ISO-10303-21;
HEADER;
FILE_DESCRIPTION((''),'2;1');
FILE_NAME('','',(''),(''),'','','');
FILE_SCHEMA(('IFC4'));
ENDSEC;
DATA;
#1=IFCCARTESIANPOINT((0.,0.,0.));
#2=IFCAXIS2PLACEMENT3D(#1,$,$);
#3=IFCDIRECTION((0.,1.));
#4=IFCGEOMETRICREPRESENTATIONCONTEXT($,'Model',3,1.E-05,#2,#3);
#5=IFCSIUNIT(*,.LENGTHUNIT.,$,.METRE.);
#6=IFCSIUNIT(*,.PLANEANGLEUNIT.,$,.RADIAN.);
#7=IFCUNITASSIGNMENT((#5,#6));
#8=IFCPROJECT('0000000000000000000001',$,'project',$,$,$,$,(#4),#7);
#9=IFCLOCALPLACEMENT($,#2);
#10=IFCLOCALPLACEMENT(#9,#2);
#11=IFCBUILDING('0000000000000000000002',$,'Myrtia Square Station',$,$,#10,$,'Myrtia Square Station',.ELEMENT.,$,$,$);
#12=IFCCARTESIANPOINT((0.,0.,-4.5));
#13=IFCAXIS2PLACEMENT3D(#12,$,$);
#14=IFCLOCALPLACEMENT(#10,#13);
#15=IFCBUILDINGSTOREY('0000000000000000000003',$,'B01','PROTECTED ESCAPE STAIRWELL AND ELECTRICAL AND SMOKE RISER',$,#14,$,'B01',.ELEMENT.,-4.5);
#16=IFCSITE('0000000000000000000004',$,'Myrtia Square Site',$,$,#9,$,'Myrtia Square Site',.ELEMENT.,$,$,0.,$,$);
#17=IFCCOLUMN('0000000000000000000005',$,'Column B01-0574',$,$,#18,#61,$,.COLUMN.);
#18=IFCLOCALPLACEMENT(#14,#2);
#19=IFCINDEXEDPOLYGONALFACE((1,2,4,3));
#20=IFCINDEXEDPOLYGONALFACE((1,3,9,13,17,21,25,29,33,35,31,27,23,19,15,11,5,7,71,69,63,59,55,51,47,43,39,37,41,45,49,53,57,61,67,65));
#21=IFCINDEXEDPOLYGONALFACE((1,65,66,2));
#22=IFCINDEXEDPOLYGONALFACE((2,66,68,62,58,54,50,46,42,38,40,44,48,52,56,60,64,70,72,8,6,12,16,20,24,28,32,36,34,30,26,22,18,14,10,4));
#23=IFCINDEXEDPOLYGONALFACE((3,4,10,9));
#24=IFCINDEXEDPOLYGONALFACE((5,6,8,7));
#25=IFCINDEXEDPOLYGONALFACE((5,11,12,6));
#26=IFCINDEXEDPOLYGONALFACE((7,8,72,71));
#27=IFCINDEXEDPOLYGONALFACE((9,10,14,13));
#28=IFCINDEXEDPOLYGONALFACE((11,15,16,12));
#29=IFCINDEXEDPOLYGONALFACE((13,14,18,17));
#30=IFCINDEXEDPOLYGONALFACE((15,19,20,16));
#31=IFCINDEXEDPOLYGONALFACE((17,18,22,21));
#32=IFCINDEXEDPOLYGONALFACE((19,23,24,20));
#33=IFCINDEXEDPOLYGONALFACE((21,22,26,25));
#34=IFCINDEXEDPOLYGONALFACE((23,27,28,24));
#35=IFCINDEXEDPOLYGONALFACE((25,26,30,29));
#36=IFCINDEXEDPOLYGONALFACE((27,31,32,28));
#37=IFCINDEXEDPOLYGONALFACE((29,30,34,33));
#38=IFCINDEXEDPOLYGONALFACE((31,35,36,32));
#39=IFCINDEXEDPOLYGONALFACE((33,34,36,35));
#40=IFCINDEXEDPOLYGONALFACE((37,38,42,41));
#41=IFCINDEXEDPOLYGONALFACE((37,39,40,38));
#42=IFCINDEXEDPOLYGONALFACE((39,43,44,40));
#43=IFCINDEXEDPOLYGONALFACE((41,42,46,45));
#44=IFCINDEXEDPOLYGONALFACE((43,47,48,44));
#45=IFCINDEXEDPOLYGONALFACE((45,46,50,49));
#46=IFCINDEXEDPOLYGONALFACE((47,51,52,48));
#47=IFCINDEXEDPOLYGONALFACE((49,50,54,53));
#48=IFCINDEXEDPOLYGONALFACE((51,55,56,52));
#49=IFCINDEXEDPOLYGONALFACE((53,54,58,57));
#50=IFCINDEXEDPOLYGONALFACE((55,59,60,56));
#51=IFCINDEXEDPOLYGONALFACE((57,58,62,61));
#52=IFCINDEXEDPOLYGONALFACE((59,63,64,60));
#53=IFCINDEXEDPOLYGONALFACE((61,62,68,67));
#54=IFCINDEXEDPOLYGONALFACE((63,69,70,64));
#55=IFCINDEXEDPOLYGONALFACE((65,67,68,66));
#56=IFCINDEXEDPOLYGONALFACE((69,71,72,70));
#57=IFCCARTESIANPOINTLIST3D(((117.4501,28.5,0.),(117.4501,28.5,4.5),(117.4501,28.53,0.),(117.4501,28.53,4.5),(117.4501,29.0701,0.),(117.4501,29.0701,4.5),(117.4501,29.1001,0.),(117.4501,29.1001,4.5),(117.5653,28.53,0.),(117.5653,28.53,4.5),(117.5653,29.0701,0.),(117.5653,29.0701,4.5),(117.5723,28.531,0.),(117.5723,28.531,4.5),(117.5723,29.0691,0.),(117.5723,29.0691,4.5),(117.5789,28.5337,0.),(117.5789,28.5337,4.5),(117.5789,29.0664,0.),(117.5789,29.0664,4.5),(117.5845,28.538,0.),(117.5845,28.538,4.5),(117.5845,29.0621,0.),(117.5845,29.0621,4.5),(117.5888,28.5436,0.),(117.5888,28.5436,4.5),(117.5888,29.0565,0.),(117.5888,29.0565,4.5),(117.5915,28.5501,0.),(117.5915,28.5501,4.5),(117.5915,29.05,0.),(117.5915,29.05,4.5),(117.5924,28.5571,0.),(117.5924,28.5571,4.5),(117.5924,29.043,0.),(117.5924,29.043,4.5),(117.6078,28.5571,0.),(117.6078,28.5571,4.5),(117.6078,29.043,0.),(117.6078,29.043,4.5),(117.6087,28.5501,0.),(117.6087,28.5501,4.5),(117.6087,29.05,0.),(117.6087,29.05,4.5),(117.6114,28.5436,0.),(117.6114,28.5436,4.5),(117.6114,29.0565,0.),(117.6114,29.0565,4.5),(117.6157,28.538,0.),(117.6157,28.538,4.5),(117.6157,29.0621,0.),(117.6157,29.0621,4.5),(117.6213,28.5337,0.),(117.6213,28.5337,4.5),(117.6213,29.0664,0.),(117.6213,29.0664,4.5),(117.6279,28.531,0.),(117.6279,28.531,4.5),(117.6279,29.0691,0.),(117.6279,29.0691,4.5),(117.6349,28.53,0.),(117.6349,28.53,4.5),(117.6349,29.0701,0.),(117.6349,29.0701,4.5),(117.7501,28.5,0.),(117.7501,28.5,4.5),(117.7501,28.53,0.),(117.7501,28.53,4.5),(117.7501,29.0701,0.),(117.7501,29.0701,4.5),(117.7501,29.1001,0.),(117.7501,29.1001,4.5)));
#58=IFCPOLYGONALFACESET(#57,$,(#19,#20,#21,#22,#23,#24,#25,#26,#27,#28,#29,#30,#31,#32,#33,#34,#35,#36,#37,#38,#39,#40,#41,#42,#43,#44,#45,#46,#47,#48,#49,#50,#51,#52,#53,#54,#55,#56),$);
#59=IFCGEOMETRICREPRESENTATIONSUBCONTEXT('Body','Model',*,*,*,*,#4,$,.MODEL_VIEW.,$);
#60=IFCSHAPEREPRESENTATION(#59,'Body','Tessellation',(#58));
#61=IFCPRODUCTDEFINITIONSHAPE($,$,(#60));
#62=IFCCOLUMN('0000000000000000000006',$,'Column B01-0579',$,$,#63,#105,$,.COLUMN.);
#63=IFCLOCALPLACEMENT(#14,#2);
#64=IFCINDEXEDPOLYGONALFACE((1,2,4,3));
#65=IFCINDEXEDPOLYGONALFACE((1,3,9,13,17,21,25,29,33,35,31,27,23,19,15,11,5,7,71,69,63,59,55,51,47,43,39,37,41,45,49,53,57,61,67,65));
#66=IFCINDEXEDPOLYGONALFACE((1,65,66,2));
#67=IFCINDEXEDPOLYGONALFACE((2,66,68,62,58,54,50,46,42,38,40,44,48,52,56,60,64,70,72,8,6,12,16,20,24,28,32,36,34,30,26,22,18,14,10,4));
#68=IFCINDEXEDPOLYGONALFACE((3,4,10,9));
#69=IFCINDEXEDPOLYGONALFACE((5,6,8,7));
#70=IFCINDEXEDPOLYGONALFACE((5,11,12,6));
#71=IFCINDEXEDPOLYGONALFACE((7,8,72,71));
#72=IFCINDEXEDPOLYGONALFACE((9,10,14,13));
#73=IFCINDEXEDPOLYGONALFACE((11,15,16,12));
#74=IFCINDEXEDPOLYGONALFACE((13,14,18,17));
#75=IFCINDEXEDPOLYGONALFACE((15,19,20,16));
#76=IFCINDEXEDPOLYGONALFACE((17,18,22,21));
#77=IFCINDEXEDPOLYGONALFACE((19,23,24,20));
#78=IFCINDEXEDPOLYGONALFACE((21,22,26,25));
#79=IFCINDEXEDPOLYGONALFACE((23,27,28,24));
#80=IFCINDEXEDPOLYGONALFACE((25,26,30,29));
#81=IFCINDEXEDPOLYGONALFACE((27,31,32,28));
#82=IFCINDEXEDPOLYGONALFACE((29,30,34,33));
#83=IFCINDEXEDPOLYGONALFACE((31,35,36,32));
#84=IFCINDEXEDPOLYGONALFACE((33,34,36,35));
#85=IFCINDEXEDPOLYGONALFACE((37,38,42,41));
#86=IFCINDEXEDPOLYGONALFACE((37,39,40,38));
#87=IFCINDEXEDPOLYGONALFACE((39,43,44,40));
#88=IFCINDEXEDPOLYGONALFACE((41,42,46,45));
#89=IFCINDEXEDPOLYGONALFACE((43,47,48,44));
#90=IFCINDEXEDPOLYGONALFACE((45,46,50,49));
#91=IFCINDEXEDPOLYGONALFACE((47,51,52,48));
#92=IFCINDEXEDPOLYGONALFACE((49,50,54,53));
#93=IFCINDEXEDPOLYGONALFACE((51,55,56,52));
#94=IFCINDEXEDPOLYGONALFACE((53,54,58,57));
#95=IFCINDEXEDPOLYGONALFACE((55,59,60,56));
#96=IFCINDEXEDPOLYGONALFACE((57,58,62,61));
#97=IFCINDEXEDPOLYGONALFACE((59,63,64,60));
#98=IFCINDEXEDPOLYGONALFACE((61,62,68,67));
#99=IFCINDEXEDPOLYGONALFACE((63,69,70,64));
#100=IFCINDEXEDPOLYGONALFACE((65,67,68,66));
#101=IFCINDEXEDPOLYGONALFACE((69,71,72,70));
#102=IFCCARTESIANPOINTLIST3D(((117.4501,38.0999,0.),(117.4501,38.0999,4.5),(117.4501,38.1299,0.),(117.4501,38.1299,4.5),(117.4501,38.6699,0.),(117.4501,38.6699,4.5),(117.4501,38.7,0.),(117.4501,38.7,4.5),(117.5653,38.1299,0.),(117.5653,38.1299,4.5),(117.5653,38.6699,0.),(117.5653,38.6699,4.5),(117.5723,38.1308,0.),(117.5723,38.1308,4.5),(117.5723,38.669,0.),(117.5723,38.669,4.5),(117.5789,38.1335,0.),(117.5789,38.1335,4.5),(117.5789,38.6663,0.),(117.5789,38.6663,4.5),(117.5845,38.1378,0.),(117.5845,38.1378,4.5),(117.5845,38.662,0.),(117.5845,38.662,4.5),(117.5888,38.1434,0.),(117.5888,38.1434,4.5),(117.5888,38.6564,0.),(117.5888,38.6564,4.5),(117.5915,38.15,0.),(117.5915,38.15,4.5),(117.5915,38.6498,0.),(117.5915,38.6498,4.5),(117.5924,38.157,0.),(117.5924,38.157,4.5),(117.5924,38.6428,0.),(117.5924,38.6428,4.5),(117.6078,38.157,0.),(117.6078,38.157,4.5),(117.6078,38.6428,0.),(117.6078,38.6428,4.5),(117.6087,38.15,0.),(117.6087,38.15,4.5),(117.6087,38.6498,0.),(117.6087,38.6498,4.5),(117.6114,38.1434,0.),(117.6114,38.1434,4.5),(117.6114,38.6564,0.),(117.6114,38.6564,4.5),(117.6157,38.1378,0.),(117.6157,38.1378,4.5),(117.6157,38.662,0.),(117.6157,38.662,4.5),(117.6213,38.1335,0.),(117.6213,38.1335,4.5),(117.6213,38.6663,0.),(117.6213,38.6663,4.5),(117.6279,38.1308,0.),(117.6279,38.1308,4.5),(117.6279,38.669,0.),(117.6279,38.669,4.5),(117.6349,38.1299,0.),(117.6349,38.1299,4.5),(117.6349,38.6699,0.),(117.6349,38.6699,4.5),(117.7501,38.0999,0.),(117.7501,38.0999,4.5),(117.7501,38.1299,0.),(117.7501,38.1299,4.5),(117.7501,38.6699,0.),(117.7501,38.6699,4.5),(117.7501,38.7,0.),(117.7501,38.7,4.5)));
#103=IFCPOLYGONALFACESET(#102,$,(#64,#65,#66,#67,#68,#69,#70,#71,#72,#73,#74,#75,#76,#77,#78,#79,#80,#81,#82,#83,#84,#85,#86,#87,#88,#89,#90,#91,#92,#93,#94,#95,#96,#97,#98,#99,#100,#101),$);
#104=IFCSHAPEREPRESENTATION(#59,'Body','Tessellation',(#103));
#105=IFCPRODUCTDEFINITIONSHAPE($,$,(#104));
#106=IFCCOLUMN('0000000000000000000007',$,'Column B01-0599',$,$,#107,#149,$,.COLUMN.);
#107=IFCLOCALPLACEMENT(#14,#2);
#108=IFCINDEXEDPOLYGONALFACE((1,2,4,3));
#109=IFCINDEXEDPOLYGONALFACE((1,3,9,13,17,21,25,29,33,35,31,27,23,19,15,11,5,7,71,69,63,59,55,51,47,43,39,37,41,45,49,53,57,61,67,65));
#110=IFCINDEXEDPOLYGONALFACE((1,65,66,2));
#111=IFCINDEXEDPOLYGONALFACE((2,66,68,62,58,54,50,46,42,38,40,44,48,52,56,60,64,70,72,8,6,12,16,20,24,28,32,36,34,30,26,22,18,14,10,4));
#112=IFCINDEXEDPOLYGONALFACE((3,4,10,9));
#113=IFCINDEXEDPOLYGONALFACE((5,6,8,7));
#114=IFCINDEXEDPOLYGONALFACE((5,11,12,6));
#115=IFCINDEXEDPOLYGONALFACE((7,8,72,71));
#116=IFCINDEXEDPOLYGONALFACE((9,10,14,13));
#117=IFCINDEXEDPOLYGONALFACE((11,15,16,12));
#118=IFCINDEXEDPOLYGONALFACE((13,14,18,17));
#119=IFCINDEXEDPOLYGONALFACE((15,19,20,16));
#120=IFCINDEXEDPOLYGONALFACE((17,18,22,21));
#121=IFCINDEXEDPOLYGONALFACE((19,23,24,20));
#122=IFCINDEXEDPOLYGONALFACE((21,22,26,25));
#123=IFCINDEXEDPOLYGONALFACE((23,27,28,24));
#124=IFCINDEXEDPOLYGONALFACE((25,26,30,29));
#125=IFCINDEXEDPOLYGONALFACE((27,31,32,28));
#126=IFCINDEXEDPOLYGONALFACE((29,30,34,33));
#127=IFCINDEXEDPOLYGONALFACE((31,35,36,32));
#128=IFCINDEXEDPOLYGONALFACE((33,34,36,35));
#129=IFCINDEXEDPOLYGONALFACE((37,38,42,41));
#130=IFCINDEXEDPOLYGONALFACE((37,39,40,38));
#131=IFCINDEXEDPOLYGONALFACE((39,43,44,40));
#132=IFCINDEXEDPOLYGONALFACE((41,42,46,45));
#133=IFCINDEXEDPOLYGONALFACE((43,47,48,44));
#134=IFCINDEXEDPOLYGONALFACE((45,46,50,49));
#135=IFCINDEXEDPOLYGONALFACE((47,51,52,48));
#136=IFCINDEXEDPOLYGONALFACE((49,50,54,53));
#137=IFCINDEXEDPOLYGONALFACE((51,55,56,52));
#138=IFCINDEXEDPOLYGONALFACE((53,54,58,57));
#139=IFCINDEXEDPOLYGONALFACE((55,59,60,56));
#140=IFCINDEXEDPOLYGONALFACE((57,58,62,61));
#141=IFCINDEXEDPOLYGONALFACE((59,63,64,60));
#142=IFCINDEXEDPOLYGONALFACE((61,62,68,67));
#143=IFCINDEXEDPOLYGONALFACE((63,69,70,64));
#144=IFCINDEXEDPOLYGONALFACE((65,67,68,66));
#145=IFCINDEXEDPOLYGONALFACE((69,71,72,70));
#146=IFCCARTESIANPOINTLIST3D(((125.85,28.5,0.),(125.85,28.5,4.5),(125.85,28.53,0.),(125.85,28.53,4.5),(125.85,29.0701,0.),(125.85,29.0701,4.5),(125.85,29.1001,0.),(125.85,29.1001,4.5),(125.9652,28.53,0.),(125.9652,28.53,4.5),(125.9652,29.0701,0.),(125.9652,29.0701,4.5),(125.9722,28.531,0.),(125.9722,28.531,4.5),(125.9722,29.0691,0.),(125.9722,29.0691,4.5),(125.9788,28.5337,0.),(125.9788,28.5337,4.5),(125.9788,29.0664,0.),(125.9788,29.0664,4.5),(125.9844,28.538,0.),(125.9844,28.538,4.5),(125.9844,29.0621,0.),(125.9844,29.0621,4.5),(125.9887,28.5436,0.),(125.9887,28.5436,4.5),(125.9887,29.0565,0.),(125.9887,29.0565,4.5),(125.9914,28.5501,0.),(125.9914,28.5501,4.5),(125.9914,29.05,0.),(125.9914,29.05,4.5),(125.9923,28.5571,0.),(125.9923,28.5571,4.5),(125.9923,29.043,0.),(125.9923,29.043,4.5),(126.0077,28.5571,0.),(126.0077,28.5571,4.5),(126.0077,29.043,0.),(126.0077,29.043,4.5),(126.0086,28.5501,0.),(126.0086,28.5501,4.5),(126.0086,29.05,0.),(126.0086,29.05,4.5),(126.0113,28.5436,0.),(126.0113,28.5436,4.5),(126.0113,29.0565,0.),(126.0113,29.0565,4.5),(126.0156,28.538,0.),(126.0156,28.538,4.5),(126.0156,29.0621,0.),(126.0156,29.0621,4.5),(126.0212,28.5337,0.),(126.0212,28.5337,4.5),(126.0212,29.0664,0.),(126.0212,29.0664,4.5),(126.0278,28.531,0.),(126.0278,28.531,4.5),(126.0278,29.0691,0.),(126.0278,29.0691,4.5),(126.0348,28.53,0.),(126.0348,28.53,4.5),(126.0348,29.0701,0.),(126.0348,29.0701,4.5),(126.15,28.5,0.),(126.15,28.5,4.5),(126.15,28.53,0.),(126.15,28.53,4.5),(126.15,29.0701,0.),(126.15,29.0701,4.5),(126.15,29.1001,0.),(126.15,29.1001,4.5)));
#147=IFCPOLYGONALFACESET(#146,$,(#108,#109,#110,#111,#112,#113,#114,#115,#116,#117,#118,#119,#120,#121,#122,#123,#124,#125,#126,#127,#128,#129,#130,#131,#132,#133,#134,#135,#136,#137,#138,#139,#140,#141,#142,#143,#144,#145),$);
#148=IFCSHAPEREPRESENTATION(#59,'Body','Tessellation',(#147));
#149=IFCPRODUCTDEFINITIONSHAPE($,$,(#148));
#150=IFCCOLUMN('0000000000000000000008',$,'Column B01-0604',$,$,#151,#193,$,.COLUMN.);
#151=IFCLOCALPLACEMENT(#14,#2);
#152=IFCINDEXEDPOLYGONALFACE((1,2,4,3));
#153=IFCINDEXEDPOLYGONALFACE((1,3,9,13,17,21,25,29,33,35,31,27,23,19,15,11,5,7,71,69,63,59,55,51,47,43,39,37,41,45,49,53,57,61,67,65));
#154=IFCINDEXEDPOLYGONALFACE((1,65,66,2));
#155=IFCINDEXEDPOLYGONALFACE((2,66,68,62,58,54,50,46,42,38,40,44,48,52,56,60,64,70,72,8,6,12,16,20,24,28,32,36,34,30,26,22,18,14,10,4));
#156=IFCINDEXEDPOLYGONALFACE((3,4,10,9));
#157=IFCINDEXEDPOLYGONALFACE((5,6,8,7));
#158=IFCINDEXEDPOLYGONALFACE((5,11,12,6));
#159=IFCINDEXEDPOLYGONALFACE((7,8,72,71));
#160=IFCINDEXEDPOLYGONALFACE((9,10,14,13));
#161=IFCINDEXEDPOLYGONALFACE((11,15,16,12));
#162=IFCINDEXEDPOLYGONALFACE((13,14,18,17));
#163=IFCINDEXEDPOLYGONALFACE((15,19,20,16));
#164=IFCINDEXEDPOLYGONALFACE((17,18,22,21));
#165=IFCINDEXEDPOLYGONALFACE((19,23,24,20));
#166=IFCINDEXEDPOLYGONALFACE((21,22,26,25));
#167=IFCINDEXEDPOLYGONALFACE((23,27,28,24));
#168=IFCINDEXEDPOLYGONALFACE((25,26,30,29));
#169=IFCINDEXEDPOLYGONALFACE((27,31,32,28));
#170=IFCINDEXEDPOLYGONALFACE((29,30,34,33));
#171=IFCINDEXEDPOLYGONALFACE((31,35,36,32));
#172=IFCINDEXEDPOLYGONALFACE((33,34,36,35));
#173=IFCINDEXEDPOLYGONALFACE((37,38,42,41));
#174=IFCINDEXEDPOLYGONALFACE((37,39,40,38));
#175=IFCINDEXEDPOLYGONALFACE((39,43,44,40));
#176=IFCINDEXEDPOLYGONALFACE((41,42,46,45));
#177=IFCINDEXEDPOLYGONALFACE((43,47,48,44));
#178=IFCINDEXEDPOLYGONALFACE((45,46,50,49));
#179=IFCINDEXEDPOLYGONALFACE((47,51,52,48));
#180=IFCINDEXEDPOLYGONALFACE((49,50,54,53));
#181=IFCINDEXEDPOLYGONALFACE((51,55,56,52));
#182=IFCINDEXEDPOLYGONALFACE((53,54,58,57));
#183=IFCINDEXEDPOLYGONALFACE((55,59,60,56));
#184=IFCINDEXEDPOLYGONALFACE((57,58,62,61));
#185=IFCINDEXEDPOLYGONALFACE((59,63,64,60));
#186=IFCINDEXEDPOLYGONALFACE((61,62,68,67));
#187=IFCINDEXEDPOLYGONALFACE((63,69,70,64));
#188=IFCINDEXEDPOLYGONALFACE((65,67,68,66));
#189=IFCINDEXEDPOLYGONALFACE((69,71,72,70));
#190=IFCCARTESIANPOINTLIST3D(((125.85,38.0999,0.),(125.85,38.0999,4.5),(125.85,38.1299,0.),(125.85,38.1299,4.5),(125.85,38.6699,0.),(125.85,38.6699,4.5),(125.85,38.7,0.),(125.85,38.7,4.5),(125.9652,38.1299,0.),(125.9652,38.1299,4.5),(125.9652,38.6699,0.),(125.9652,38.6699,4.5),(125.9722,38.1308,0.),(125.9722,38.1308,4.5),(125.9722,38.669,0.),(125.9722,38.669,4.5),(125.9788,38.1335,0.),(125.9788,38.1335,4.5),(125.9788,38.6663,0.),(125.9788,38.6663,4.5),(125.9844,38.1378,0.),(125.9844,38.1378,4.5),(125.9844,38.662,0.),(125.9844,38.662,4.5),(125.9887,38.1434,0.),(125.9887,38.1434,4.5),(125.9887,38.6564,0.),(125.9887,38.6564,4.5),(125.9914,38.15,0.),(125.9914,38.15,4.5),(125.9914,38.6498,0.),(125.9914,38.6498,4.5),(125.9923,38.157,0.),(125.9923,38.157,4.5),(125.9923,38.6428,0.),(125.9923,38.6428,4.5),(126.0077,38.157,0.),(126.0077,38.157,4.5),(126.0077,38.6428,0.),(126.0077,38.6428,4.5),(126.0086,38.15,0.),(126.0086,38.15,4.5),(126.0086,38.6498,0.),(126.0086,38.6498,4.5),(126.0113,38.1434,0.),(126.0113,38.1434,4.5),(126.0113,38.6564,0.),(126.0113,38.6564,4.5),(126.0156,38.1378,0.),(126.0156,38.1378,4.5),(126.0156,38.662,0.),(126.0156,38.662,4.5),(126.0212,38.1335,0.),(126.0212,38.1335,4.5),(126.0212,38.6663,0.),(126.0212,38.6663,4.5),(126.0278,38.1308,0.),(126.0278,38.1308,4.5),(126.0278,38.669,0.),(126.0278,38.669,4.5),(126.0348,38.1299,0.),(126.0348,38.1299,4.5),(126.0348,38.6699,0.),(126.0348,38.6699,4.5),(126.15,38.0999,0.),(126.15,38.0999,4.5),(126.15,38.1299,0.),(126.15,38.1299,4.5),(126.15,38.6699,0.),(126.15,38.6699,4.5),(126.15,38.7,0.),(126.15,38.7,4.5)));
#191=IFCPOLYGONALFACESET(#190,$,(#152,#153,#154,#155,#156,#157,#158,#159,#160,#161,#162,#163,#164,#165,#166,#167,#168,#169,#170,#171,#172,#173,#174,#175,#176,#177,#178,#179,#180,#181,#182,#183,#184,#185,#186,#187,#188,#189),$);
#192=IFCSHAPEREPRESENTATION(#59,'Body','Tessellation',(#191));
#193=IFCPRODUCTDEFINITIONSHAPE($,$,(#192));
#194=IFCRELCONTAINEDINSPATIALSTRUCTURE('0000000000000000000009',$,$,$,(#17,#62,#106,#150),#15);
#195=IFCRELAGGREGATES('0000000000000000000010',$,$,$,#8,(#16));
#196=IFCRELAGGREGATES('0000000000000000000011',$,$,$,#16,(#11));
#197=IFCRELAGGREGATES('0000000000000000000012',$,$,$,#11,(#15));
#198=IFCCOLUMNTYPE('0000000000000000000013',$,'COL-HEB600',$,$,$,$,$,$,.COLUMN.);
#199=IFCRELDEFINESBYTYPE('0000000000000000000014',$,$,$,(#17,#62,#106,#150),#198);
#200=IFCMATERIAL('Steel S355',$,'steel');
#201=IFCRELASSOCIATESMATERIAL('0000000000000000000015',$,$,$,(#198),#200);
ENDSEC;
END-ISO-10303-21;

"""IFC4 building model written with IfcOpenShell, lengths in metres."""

from ifc_helpers import new_model, si_unit, direction, frame, origin, origin_2d, place, context, subcontext, project, spatial, i_section, extrude, material, material_profile, profile_set, type_object, element, save


model = new_model("IFC4")

# Units and contexts
model_context = context("Model", 3, precision=1e-05, world=origin(), true_north=direction((0.0, 1.0)))
body_context = subcontext(model_context, "Body", "Model", "MODEL_VIEW")
ifc_project = project(units=[si_unit("LENGTHUNIT", "METRE"), si_unit("PLANEANGLEUNIT", "RADIAN")], contexts=[model_context])

# Site, building, storey
site_placement = place(None, origin())
site = spatial("IfcSite", under=ifc_project, at=site_placement, Name="Myrtia Square Site", LongName="Myrtia Square Site", CompositionType="ELEMENT", RefElevation=0.0)
building_placement = place(site_placement, origin())
building = spatial("IfcBuilding", under=site, at=building_placement, Name="Myrtia Square Station", LongName="Myrtia Square Station", CompositionType="ELEMENT")
storey_placement = place(building_placement, frame((0.0, 0.0, -4.5)))
storey = spatial("IfcBuildingStorey", under=building, at=storey_placement, Name="B01", Description="PROTECTED ESCAPE STAIRWELL AND ELECTRICAL AND SMOKE RISER", LongName="B01", CompositionType="ELEMENT", Elevation=-4.5)

# Columns
ifc_material_1 = material(Name="Steel S355", Category="steel")
ifc_material_profile_1 = material_profile(ifc_material_1, i_section(OverallWidth=0.3, OverallDepth=0.6001, WebThickness=0.0154, FlangeThickness=0.03, FilletRadius=0.0271, at=origin_2d()), Name="HEB 600")
ifc_profile_set_1 = profile_set([ifc_material_profile_1], Name="Steel S355")
column_type_1 = type_object("IfcColumnType", Name="COL-HEB600", PredefinedType="COLUMN", material=ifc_profile_set_1)
for number, where, z_axis, x_axis, name in (
    (1, (117.6001, 28.8, 0.0), (0.0, 0.0, 1.0), (1.0, 0.0, 0.0), "Column B01-0574"),
    (2, (117.6001, 38.3999, 0.0), (0.0, 0.0, 1.0), (1.0, 0.0, 0.0), "Column B01-0579"),
    (3, (126.0, 28.8, 0.0), (0.0, 0.0, 1.0), (1.0, 0.0, 0.0), "Column B01-0599"),
    (4, (126.0, 38.3999, 0.0), (0.0, 0.0, 1.0), (1.0, 0.0, 0.0), "Column B01-0604"),
):
    element("IfcColumn", number, at=place(storey_placement, frame(where, z_axis=z_axis, x_axis=x_axis)), inside=storey, type_object=column_type_1, Name=name, PredefinedType="COLUMN", context=body_context, shape_type="SweptSolid", body=[
        extrude(i_section(OverallWidth=0.3, OverallDepth=0.6001, WebThickness=0.0154, FlangeThickness=0.03, FilletRadius=0.0271, at=origin_2d()), origin(), (0.0, 0.0, 1.0), 4.5),
    ])

save(model, "model.ifc")
